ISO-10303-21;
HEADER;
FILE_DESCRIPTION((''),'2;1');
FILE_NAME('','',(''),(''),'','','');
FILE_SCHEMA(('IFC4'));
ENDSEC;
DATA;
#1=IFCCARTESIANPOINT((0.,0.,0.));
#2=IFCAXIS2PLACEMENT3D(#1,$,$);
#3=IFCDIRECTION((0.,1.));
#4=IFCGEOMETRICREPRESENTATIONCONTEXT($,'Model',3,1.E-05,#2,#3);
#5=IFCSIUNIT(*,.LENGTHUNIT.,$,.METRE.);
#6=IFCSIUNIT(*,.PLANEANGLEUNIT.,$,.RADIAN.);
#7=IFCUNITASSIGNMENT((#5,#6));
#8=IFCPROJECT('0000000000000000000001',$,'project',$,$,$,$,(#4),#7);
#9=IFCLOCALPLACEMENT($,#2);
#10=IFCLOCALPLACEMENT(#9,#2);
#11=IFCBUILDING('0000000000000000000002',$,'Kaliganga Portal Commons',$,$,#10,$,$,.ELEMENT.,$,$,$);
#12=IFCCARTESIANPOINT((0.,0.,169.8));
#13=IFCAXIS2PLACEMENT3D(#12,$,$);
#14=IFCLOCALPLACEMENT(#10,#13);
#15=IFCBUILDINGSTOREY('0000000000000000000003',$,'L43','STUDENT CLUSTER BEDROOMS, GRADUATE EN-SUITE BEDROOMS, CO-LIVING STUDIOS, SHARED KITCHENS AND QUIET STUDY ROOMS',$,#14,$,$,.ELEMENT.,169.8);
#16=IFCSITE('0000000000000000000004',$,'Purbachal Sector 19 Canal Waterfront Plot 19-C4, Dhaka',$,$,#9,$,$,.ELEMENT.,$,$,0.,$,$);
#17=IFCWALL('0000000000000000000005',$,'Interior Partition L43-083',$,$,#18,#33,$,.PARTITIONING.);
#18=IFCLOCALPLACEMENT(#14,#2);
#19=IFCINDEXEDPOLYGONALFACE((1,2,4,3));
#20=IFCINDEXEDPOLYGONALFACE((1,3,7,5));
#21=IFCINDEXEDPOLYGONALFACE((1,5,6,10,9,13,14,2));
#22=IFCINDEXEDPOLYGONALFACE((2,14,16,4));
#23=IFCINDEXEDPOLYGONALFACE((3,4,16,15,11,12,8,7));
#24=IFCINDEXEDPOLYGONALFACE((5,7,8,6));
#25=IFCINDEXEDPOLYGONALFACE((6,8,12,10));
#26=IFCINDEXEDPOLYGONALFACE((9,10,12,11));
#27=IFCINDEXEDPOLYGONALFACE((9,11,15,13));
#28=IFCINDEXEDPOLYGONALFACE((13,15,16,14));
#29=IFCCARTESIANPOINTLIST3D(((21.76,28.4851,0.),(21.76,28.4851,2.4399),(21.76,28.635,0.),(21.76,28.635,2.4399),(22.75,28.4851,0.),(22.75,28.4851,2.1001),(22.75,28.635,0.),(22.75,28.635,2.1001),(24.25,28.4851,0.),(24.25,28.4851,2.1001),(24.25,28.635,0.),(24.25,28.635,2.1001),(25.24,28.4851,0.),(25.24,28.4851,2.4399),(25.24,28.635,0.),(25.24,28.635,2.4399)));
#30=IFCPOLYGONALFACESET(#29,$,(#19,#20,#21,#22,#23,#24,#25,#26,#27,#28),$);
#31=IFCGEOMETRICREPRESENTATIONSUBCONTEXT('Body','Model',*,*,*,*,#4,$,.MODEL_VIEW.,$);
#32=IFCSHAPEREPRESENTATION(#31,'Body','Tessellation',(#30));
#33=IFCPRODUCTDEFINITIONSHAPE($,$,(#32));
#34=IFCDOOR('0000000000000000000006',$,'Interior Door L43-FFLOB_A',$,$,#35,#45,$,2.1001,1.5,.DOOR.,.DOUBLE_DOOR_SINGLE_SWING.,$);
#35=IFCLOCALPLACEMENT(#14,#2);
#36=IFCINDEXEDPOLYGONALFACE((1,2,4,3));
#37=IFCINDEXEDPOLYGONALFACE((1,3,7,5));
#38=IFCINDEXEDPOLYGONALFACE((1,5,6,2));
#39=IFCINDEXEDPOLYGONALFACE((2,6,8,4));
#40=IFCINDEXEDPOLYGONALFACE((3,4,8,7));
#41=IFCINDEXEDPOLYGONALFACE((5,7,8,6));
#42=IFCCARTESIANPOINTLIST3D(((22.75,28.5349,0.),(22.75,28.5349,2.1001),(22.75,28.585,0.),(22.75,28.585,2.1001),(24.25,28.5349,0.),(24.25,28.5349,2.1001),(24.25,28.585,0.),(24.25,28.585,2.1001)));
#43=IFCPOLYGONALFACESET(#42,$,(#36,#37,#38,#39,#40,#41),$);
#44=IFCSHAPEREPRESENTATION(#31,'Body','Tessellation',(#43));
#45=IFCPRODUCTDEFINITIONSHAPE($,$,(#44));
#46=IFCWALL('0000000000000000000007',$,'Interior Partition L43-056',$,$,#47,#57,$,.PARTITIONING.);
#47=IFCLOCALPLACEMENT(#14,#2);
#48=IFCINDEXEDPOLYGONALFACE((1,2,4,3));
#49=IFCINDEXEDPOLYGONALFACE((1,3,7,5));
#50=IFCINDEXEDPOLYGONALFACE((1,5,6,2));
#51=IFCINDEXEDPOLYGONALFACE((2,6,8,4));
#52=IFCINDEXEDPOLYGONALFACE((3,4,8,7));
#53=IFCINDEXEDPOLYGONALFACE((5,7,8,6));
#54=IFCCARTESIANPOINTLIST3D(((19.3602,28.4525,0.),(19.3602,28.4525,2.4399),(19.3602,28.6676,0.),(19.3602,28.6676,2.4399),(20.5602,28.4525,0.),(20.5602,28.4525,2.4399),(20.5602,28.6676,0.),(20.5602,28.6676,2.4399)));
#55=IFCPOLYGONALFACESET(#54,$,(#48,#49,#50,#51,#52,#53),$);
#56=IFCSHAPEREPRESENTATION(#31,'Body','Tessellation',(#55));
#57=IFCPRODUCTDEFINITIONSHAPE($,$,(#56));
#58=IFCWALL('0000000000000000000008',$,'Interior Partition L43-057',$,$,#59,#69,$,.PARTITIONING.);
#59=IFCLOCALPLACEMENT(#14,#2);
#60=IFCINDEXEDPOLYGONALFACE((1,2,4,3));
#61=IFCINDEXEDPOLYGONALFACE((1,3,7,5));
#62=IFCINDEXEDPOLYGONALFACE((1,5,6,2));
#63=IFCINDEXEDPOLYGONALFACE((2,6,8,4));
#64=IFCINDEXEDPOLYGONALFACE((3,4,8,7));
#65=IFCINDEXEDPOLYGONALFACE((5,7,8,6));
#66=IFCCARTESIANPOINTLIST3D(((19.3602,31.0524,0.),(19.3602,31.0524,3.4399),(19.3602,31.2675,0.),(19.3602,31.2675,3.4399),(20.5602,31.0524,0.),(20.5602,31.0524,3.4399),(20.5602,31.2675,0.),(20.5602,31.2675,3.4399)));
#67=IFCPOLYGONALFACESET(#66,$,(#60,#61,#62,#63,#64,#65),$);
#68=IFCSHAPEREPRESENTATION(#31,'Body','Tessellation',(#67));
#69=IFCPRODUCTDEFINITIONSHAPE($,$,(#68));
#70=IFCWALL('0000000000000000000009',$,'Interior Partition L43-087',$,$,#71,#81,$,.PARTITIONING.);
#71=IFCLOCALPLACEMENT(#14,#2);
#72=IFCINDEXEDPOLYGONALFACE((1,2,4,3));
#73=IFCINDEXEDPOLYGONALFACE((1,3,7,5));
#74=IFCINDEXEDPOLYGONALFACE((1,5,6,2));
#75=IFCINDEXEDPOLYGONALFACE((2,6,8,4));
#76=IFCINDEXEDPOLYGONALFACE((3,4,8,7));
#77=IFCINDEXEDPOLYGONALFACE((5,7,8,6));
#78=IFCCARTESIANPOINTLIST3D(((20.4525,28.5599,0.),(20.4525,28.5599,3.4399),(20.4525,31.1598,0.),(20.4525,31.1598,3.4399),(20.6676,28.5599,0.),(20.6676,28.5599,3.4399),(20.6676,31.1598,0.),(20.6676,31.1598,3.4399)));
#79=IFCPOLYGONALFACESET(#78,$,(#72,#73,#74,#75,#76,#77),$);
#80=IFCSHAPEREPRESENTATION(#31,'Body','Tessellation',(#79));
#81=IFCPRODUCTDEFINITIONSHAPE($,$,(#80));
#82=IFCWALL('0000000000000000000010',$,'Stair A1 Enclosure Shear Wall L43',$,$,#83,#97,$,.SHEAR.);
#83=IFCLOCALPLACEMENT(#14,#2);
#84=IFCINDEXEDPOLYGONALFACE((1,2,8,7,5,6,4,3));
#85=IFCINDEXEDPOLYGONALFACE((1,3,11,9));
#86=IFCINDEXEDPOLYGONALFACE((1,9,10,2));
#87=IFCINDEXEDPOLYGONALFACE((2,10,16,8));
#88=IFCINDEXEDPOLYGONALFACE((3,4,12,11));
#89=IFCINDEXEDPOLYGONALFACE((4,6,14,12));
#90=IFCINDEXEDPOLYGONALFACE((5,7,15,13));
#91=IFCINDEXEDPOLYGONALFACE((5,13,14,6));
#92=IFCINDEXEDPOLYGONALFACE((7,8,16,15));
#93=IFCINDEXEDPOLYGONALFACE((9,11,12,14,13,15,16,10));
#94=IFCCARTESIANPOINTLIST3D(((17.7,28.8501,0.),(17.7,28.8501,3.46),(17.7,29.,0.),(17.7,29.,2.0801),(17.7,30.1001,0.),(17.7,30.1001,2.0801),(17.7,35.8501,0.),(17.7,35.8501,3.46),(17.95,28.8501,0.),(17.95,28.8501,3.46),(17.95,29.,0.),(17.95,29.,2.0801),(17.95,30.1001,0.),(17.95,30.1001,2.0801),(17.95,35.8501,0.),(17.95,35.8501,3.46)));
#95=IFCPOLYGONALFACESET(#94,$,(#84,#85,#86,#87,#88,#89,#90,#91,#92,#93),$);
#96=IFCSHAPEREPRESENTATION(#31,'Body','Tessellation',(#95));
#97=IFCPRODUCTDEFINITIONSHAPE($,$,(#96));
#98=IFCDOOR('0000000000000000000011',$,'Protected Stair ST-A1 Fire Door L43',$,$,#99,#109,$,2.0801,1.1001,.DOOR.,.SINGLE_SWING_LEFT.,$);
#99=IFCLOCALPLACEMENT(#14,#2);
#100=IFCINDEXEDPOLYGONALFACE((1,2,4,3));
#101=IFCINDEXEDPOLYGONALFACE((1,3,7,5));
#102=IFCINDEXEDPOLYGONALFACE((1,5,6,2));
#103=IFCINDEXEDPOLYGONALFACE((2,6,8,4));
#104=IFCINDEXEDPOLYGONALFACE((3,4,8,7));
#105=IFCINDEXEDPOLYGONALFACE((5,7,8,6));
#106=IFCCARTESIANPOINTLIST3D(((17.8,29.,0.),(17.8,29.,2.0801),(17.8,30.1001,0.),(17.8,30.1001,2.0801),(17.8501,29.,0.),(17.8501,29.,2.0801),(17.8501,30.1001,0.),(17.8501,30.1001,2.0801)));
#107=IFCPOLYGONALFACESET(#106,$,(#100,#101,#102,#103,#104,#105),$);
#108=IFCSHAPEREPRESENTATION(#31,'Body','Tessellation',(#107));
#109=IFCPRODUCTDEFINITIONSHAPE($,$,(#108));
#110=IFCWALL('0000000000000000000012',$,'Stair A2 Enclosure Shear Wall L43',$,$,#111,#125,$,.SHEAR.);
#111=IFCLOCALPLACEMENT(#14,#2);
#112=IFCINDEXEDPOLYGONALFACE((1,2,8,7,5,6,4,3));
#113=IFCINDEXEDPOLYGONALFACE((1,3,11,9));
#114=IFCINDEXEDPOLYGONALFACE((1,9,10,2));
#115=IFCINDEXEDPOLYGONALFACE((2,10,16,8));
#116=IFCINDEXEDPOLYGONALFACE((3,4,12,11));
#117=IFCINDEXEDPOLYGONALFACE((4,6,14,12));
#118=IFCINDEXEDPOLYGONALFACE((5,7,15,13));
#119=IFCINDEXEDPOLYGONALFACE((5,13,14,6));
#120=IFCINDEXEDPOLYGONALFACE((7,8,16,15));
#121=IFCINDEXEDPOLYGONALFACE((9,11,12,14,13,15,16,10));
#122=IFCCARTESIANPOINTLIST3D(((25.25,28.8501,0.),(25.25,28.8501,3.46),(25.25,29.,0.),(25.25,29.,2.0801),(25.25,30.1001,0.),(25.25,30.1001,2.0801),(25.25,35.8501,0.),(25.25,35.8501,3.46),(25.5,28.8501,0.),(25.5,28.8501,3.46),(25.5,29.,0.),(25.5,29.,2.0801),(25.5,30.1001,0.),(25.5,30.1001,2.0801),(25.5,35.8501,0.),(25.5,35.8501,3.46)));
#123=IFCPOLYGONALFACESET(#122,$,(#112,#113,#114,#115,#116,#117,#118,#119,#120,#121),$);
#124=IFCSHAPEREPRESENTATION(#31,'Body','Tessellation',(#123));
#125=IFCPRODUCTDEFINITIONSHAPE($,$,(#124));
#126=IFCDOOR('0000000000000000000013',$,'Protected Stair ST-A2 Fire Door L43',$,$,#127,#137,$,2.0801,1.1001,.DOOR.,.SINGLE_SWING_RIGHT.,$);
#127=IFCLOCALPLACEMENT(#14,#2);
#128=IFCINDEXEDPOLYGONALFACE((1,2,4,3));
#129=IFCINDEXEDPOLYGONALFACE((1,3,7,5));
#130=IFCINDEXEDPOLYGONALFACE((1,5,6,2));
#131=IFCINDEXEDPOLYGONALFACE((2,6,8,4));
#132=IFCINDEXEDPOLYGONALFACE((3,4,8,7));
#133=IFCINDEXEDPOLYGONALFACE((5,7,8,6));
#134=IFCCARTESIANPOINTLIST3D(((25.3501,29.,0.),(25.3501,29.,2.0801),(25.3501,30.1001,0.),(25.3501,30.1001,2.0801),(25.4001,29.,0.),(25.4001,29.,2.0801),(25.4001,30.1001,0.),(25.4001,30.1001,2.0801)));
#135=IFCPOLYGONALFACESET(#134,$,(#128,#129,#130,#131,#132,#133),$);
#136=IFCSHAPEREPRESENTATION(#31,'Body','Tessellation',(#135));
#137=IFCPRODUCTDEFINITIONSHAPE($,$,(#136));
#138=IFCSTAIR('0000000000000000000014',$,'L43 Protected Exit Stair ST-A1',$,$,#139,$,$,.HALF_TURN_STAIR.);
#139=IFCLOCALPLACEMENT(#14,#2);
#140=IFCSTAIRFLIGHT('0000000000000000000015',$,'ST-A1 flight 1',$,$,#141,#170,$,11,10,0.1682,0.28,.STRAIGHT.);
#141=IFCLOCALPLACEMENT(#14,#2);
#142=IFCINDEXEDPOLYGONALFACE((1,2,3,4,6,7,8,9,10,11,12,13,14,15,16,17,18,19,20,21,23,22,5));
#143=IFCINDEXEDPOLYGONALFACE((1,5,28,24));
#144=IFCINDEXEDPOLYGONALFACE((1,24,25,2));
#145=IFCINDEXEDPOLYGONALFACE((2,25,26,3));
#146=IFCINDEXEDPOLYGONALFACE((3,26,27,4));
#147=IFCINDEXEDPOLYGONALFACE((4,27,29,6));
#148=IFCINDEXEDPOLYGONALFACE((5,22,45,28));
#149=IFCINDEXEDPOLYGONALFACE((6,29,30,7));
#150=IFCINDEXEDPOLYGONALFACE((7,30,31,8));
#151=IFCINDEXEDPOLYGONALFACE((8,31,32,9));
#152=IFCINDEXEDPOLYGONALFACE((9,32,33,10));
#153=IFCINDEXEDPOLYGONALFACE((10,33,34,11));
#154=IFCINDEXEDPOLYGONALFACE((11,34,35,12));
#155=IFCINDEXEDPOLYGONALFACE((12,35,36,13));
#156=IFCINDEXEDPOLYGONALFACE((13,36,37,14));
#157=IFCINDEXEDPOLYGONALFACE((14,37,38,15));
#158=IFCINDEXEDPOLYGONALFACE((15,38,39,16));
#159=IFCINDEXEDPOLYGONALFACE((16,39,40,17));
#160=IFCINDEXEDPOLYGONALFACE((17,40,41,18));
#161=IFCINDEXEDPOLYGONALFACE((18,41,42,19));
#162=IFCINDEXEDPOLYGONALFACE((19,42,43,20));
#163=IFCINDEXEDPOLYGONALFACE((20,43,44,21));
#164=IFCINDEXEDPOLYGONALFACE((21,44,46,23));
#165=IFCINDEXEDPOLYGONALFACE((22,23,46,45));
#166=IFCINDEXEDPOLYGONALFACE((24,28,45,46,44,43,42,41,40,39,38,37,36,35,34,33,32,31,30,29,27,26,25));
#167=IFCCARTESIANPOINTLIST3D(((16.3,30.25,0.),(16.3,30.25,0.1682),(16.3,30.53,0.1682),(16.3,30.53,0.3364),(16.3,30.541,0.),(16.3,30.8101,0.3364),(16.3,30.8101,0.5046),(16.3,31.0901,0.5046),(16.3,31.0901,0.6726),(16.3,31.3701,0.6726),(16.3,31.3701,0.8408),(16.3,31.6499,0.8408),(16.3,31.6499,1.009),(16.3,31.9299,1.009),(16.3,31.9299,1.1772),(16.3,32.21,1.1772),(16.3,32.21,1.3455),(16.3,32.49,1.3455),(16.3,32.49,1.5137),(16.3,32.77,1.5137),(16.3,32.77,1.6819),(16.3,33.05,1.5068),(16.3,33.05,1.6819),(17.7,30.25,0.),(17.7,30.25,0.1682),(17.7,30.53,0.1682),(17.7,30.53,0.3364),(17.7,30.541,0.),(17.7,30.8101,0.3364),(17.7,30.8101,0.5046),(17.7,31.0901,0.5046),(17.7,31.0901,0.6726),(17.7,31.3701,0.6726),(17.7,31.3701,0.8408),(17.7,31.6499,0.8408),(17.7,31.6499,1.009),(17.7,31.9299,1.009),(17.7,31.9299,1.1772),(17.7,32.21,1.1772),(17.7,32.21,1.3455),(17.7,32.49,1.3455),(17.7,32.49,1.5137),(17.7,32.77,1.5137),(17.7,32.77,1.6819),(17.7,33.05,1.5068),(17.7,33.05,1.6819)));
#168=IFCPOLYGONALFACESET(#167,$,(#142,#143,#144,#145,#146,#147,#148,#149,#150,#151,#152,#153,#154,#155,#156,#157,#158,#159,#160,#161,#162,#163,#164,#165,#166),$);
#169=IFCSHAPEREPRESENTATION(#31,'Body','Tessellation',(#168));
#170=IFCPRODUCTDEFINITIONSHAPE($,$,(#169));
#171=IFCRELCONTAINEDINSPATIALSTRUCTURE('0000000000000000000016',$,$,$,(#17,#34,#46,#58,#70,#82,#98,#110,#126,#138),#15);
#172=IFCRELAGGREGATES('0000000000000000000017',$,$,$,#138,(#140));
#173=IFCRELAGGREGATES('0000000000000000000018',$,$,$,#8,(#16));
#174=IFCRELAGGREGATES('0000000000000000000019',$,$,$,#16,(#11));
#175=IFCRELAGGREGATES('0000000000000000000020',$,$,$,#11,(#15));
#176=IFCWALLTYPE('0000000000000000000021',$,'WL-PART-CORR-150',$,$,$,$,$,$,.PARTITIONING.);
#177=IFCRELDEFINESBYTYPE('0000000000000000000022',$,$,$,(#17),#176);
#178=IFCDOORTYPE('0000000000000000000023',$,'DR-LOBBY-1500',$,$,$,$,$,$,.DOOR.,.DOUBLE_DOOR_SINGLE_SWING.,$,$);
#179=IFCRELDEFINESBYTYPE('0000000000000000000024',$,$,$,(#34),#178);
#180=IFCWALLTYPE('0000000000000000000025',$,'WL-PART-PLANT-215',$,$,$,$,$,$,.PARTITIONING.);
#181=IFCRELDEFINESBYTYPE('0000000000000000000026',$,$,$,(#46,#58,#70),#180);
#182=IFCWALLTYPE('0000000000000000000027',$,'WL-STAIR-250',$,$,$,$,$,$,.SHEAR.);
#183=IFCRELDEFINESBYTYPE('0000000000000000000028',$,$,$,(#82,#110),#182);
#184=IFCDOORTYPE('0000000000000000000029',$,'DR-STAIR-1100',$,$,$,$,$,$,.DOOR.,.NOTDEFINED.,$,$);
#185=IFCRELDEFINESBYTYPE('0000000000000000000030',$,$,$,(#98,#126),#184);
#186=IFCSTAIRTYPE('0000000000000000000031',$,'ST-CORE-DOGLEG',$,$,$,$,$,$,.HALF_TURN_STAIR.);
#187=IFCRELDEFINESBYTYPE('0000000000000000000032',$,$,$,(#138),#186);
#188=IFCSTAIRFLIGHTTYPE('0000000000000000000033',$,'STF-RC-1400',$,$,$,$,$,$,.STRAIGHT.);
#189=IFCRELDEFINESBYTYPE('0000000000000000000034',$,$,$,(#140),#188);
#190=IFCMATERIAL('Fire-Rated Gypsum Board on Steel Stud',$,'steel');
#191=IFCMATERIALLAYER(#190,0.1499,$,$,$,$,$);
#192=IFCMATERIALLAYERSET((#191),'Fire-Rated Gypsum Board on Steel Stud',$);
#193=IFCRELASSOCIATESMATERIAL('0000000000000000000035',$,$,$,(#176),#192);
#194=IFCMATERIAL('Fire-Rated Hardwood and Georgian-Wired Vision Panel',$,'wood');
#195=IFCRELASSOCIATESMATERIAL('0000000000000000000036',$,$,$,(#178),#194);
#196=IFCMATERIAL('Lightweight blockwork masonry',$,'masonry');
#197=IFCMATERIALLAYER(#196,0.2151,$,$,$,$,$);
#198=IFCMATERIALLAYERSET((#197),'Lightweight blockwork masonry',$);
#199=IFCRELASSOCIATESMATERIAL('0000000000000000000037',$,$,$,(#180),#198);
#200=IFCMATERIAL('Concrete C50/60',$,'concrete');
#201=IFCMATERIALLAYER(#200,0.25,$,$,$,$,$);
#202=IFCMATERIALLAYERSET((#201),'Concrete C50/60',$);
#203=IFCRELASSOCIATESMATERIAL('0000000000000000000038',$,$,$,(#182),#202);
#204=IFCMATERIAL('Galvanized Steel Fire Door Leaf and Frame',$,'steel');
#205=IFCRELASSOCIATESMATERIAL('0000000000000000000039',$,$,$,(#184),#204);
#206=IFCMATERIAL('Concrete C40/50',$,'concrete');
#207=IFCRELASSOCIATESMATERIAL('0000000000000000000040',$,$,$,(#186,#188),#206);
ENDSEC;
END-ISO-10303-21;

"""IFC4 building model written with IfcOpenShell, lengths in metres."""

from ifc_helpers import new_model, si_unit, direction, frame, frame_2d, origin, place, context, subcontext, project, spatial, polyline, rectangle, outline, extrude, material, layer, layer_set, type_object, element, fill, aggregate, save


model = new_model("IFC4")

# Units and contexts
model_context = context("Model", 3, precision=1e-05, world=origin(), true_north=direction((0.0, 1.0)))
body_context = subcontext(model_context, "Body", "Model", "MODEL_VIEW")
ifc_project = project(units=[si_unit("LENGTHUNIT", "METRE"), si_unit("PLANEANGLEUNIT", "RADIAN")], contexts=[model_context])

# Site, building, storey
site_placement = place(None, origin())
site = spatial("IfcSite", under=ifc_project, at=site_placement, Name="Purbachal Sector 19 Canal Waterfront Plot 19-C4, Dhaka", CompositionType="ELEMENT", RefElevation=0.0)
building_placement = place(site_placement, origin())
building = spatial("IfcBuilding", under=site, at=building_placement, Name="Kaliganga Portal Commons", CompositionType="ELEMENT")
storey_placement = place(building_placement, frame((0.0, 0.0, 169.8)))
storey = spatial("IfcBuildingStorey", under=building, at=storey_placement, Name="L43", Description="STUDENT CLUSTER BEDROOMS, GRADUATE EN-SUITE BEDROOMS, CO-LIVING STUDIOS, SHARED KITCHENS AND QUIET STUDY ROOMS", CompositionType="ELEMENT", Elevation=169.8)

# Shared definitions
ifc_material_1 = material(Name="Concrete C50/60", Category="concrete")

# Shared definitions
ifc_material_2 = material(Name="Fire-Rated Gypsum Board on Steel Stud", Category="steel")
ifc_layer_1 = layer(ifc_material_2, 0.1499)
ifc_layer_set_1 = layer_set([ifc_layer_1], Name="Fire-Rated Gypsum Board on Steel Stud")
wall_type_1 = type_object("IfcWallType", Name="WL-PART-CORR-150", PredefinedType="PARTITIONING", material=ifc_layer_set_1)

# Wall, opening, door
wall_1_placement = place(storey_placement, frame((21.76, 28.5601, 0.0), z_axis=(0.0, 0.0, 1.0), x_axis=(1.0, 0.0, 0.0)))
wall_1 = element("IfcWall", 1, at=wall_1_placement, inside=storey, type_object=wall_type_1, Name="Interior Partition L43-083", PredefinedType="PARTITIONING", context=body_context, shape_type="SweptSolid", body=[
    extrude(rectangle(XDim=3.48, YDim=0.1499, at=frame_2d((1.74, 0.0))), origin(), (0.0, 0.0, 1.0), 2.4399),
])
opening_1_placement = place(wall_1_placement, frame((0.99, 0.0, 0.0)))
opening_1 = element("IfcOpeningElement", 2, at=opening_1_placement, cuts=wall_1, PredefinedType="OPENING", context=body_context, shape_type="SweptSolid", body=[
    extrude(rectangle(XDim=1.5, YDim=2.1001, at=frame_2d((0.75, 1.05))), frame((0.0, 0.085, 0.0), z_axis=(0.0, -1.0, 0.0), x_axis=(1.0, 0.0, 0.0)), (0.0, 0.0, 1.0), 0.1699),
])
ifc_material_3 = material(Name="Fire-Rated Hardwood and Georgian-Wired Vision Panel", Category="wood")
door_type_1 = type_object("IfcDoorType", Name="DR-LOBBY-1500", OperationType="DOUBLE_DOOR_SINGLE_SWING", PredefinedType="DOOR", material=ifc_material_3)
door_1_placement = place(opening_1_placement, origin())
door_1 = element("IfcDoor", 3, at=door_1_placement, inside=storey, type_object=door_type_1, Name="Interior Door L43-FFLOB_A", OperationType="DOUBLE_DOOR_SINGLE_SWING", OverallHeight=2.1001, OverallWidth=1.5, PredefinedType="DOOR", context=body_context, shape_type="SweptSolid", body=[
    extrude(rectangle(XDim=1.5, YDim=2.1001, at=frame_2d((0.75, 1.05))), frame((0.0, 0.0249, 0.0), z_axis=(0.0, -1.0, 0.0), x_axis=(1.0, 0.0, 0.0)), (0.0, 0.0, 1.0), 0.05),
])
fill(opening_1, door_1)
ifc_material_4 = material(Name="Lightweight blockwork masonry", Category="masonry")
ifc_layer_2 = layer(ifc_material_4, 0.2151)
ifc_layer_set_2 = layer_set([ifc_layer_2], Name="Lightweight blockwork masonry")
wall_type_2 = type_object("IfcWallType", Name="WL-PART-PLANT-215", PredefinedType="PARTITIONING", material=ifc_layer_set_2)

# Walls
wall_2_placement = place(storey_placement, frame((19.3601, 28.5601, 0.0), z_axis=(0.0, 0.0, 1.0), x_axis=(1.0, 0.0, 0.0)))
element("IfcWall", 4, at=wall_2_placement, inside=storey, type_object=wall_type_2, Name="Interior Partition L43-056", PredefinedType="PARTITIONING", context=body_context, shape_type="SweptSolid", body=[
    extrude(rectangle(XDim=1.2, YDim=0.2151, at=frame_2d((0.6001, 0.0))), origin(), (0.0, 0.0, 1.0), 2.4399),
])
wall_3_placement = place(storey_placement, frame((19.3601, 31.1599, 0.0), z_axis=(0.0, 0.0, 1.0), x_axis=(1.0, 0.0, 0.0)))
element("IfcWall", 5, at=wall_3_placement, inside=storey, type_object=wall_type_2, Name="Interior Partition L43-057", PredefinedType="PARTITIONING", context=body_context, shape_type="SweptSolid", body=[
    extrude(rectangle(XDim=1.2, YDim=0.2151, at=frame_2d((0.6001, 0.0))), origin(), (0.0, 0.0, 1.0), 3.4399),
])
wall_4_placement = place(storey_placement, frame((20.5601, 28.5601, 0.0), z_axis=(0.0, 0.0, 1.0), x_axis=(0.0, 1.0, 0.0)))
element("IfcWall", 6, at=wall_4_placement, inside=storey, type_object=wall_type_2, Name="Interior Partition L43-087", PredefinedType="PARTITIONING", context=body_context, shape_type="SweptSolid", body=[
    extrude(rectangle(XDim=2.5999, YDim=0.2151, at=frame_2d((1.2998, 0.0))), origin(), (0.0, 0.0, 1.0), 3.4399),
])

# Walls, openings, doors
ifc_layer_3 = layer(ifc_material_1, 0.25)
ifc_layer_set_3 = layer_set([ifc_layer_3], Name="Concrete C50/60")
wall_type_3 = type_object("IfcWallType", Name="WL-STAIR-250", PredefinedType="SHEAR", material=ifc_layer_set_3)
wall_5_placement = place(storey_placement, frame((17.825, 28.8501, 0.0), z_axis=(0.0, 0.0, 1.0), x_axis=(0.0, 1.0, 0.0)))
wall_5 = element("IfcWall", 7, at=wall_5_placement, inside=storey, type_object=wall_type_3, Name="Stair A1 Enclosure Shear Wall L43", PredefinedType="SHEAR", context=body_context, shape_type="SweptSolid", body=[
    extrude(rectangle(XDim=7.0, YDim=0.25, at=frame_2d((3.5, 0.0))), origin(), (0.0, 0.0, 1.0), 3.46),
])
opening_2_placement = place(wall_5_placement, frame((0.1499, 0.0, 0.0)))
opening_2 = element("IfcOpeningElement", 8, at=opening_2_placement, cuts=wall_5, PredefinedType="OPENING", context=body_context, shape_type="SweptSolid", body=[
    extrude(rectangle(XDim=1.1001, YDim=2.0801, at=frame_2d((0.55, 1.04))), frame((0.0, 0.135, 0.0), z_axis=(0.0, -1.0, 0.0), x_axis=(1.0, 0.0, 0.0)), (0.0, 0.0, 1.0), 0.27),
])
ifc_material_5 = material(Name="Galvanized Steel Fire Door Leaf and Frame", Category="steel")
door_type_2 = type_object("IfcDoorType", Name="DR-STAIR-1100", OperationType="NOTDEFINED", PredefinedType="DOOR", material=ifc_material_5)
door_2_placement = place(opening_2_placement, origin())
door_2 = element("IfcDoor", 9, at=door_2_placement, inside=storey, type_object=door_type_2, Name="Protected Stair ST-A1 Fire Door L43", OperationType="SINGLE_SWING_LEFT", OverallHeight=2.0801, OverallWidth=1.1001, PredefinedType="DOOR", context=body_context, shape_type="SweptSolid", body=[
    extrude(rectangle(XDim=1.1001, YDim=2.0801, at=frame_2d((0.55, 1.04))), frame((0.0, 0.0249, 0.0), z_axis=(0.0, -1.0, 0.0), x_axis=(1.0, 0.0, 0.0)), (0.0, 0.0, 1.0), 0.05),
])
fill(opening_2, door_2)
wall_6_placement = place(storey_placement, frame((25.375, 28.8501, 0.0), z_axis=(0.0, 0.0, 1.0), x_axis=(0.0, 1.0, 0.0)))
wall_6 = element("IfcWall", 10, at=wall_6_placement, inside=storey, type_object=wall_type_3, Name="Stair A2 Enclosure Shear Wall L43", PredefinedType="SHEAR", context=body_context, shape_type="SweptSolid", body=[
    extrude(rectangle(XDim=7.0, YDim=0.25, at=frame_2d((3.5, 0.0))), origin(), (0.0, 0.0, 1.0), 3.46),
])
opening_3_placement = place(wall_6_placement, frame((0.1499, 0.0, 0.0)))
opening_3 = element("IfcOpeningElement", 11, at=opening_3_placement, cuts=wall_6, PredefinedType="OPENING", context=body_context, shape_type="SweptSolid", body=[
    extrude(rectangle(XDim=1.1001, YDim=2.0801, at=frame_2d((0.55, 1.04))), frame((0.0, 0.135, 0.0), z_axis=(0.0, -1.0, 0.0), x_axis=(1.0, 0.0, 0.0)), (0.0, 0.0, 1.0), 0.27),
])
door_3_placement = place(opening_3_placement, origin())
door_3 = element("IfcDoor", 12, at=door_3_placement, inside=storey, type_object=door_type_2, Name="Protected Stair ST-A2 Fire Door L43", OperationType="SINGLE_SWING_RIGHT", OverallHeight=2.0801, OverallWidth=1.1001, PredefinedType="DOOR", context=body_context, shape_type="SweptSolid", body=[
    extrude(rectangle(XDim=1.1001, YDim=2.0801, at=frame_2d((0.55, 1.04))), frame((0.0, 0.0249, 0.0), z_axis=(0.0, -1.0, 0.0), x_axis=(1.0, 0.0, 0.0)), (0.0, 0.0, 1.0), 0.05),
])
fill(opening_3, door_3)

# Stair, stair flight
ifc_material_6 = material(Name="Concrete C40/50", Category="concrete")
stair_type = type_object("IfcStairType", Name="ST-CORE-DOGLEG", PredefinedType="HALF_TURN_STAIR", material=ifc_material_6)
stair_placement = place(storey_placement, origin())
stair = element("IfcStair", 13, at=stair_placement, inside=storey, type_object=stair_type, Name="L43 Protected Exit Stair ST-A1", PredefinedType="HALF_TURN_STAIR")
stair_flight_type = type_object("IfcStairFlightType", Name="STF-RC-1400", PredefinedType="STRAIGHT", material=ifc_material_6)
stair_flight_placement = place(storey_placement, frame((17.0, 30.25, 0.0), z_axis=(0.0, 0.0, 1.0), x_axis=(0.0, 1.0, 0.0)))
stair_flight = element("IfcStairFlight", 14, at=stair_flight_placement, type_object=stair_flight_type, Name="ST-A1 flight 1", NumberOfRisers=11, NumberOfTreads=10, PredefinedType="STRAIGHT", RiserHeight=0.1682, TreadLength=0.28, context=body_context, shape_type="SweptSolid", body=[
    extrude(outline(polyline([(0.0, 0.0), (0.0, 0.1682), (0.28, 0.1682), (0.28, 0.3364), (0.5601, 0.3364), (0.5601, 0.5046), (0.8401, 0.5046), (0.8401, 0.6726), (1.1201, 0.6726), (1.1201, 0.8408), (1.3999, 0.8408), (1.3999, 1.009), (1.6799, 1.009), (1.6799, 1.1772), (1.96, 1.1772), (1.96, 1.3455), (2.24, 1.3455), (2.24, 1.5137), (2.52, 1.5137), (2.52, 1.6819), (2.8, 1.6819), (2.8, 1.8501), (2.8, 1.5068), (0.291, 0.0), (0.0, 0.0)])), frame((0.0, 0.7, 0.0), z_axis=(0.0, -1.0, 0.0), x_axis=(1.0, 0.0, 0.0)), (0.0, 0.0, 1.0), 1.3999),
])
aggregate(stair, [stair_flight])

save(model, "model.ifc")
